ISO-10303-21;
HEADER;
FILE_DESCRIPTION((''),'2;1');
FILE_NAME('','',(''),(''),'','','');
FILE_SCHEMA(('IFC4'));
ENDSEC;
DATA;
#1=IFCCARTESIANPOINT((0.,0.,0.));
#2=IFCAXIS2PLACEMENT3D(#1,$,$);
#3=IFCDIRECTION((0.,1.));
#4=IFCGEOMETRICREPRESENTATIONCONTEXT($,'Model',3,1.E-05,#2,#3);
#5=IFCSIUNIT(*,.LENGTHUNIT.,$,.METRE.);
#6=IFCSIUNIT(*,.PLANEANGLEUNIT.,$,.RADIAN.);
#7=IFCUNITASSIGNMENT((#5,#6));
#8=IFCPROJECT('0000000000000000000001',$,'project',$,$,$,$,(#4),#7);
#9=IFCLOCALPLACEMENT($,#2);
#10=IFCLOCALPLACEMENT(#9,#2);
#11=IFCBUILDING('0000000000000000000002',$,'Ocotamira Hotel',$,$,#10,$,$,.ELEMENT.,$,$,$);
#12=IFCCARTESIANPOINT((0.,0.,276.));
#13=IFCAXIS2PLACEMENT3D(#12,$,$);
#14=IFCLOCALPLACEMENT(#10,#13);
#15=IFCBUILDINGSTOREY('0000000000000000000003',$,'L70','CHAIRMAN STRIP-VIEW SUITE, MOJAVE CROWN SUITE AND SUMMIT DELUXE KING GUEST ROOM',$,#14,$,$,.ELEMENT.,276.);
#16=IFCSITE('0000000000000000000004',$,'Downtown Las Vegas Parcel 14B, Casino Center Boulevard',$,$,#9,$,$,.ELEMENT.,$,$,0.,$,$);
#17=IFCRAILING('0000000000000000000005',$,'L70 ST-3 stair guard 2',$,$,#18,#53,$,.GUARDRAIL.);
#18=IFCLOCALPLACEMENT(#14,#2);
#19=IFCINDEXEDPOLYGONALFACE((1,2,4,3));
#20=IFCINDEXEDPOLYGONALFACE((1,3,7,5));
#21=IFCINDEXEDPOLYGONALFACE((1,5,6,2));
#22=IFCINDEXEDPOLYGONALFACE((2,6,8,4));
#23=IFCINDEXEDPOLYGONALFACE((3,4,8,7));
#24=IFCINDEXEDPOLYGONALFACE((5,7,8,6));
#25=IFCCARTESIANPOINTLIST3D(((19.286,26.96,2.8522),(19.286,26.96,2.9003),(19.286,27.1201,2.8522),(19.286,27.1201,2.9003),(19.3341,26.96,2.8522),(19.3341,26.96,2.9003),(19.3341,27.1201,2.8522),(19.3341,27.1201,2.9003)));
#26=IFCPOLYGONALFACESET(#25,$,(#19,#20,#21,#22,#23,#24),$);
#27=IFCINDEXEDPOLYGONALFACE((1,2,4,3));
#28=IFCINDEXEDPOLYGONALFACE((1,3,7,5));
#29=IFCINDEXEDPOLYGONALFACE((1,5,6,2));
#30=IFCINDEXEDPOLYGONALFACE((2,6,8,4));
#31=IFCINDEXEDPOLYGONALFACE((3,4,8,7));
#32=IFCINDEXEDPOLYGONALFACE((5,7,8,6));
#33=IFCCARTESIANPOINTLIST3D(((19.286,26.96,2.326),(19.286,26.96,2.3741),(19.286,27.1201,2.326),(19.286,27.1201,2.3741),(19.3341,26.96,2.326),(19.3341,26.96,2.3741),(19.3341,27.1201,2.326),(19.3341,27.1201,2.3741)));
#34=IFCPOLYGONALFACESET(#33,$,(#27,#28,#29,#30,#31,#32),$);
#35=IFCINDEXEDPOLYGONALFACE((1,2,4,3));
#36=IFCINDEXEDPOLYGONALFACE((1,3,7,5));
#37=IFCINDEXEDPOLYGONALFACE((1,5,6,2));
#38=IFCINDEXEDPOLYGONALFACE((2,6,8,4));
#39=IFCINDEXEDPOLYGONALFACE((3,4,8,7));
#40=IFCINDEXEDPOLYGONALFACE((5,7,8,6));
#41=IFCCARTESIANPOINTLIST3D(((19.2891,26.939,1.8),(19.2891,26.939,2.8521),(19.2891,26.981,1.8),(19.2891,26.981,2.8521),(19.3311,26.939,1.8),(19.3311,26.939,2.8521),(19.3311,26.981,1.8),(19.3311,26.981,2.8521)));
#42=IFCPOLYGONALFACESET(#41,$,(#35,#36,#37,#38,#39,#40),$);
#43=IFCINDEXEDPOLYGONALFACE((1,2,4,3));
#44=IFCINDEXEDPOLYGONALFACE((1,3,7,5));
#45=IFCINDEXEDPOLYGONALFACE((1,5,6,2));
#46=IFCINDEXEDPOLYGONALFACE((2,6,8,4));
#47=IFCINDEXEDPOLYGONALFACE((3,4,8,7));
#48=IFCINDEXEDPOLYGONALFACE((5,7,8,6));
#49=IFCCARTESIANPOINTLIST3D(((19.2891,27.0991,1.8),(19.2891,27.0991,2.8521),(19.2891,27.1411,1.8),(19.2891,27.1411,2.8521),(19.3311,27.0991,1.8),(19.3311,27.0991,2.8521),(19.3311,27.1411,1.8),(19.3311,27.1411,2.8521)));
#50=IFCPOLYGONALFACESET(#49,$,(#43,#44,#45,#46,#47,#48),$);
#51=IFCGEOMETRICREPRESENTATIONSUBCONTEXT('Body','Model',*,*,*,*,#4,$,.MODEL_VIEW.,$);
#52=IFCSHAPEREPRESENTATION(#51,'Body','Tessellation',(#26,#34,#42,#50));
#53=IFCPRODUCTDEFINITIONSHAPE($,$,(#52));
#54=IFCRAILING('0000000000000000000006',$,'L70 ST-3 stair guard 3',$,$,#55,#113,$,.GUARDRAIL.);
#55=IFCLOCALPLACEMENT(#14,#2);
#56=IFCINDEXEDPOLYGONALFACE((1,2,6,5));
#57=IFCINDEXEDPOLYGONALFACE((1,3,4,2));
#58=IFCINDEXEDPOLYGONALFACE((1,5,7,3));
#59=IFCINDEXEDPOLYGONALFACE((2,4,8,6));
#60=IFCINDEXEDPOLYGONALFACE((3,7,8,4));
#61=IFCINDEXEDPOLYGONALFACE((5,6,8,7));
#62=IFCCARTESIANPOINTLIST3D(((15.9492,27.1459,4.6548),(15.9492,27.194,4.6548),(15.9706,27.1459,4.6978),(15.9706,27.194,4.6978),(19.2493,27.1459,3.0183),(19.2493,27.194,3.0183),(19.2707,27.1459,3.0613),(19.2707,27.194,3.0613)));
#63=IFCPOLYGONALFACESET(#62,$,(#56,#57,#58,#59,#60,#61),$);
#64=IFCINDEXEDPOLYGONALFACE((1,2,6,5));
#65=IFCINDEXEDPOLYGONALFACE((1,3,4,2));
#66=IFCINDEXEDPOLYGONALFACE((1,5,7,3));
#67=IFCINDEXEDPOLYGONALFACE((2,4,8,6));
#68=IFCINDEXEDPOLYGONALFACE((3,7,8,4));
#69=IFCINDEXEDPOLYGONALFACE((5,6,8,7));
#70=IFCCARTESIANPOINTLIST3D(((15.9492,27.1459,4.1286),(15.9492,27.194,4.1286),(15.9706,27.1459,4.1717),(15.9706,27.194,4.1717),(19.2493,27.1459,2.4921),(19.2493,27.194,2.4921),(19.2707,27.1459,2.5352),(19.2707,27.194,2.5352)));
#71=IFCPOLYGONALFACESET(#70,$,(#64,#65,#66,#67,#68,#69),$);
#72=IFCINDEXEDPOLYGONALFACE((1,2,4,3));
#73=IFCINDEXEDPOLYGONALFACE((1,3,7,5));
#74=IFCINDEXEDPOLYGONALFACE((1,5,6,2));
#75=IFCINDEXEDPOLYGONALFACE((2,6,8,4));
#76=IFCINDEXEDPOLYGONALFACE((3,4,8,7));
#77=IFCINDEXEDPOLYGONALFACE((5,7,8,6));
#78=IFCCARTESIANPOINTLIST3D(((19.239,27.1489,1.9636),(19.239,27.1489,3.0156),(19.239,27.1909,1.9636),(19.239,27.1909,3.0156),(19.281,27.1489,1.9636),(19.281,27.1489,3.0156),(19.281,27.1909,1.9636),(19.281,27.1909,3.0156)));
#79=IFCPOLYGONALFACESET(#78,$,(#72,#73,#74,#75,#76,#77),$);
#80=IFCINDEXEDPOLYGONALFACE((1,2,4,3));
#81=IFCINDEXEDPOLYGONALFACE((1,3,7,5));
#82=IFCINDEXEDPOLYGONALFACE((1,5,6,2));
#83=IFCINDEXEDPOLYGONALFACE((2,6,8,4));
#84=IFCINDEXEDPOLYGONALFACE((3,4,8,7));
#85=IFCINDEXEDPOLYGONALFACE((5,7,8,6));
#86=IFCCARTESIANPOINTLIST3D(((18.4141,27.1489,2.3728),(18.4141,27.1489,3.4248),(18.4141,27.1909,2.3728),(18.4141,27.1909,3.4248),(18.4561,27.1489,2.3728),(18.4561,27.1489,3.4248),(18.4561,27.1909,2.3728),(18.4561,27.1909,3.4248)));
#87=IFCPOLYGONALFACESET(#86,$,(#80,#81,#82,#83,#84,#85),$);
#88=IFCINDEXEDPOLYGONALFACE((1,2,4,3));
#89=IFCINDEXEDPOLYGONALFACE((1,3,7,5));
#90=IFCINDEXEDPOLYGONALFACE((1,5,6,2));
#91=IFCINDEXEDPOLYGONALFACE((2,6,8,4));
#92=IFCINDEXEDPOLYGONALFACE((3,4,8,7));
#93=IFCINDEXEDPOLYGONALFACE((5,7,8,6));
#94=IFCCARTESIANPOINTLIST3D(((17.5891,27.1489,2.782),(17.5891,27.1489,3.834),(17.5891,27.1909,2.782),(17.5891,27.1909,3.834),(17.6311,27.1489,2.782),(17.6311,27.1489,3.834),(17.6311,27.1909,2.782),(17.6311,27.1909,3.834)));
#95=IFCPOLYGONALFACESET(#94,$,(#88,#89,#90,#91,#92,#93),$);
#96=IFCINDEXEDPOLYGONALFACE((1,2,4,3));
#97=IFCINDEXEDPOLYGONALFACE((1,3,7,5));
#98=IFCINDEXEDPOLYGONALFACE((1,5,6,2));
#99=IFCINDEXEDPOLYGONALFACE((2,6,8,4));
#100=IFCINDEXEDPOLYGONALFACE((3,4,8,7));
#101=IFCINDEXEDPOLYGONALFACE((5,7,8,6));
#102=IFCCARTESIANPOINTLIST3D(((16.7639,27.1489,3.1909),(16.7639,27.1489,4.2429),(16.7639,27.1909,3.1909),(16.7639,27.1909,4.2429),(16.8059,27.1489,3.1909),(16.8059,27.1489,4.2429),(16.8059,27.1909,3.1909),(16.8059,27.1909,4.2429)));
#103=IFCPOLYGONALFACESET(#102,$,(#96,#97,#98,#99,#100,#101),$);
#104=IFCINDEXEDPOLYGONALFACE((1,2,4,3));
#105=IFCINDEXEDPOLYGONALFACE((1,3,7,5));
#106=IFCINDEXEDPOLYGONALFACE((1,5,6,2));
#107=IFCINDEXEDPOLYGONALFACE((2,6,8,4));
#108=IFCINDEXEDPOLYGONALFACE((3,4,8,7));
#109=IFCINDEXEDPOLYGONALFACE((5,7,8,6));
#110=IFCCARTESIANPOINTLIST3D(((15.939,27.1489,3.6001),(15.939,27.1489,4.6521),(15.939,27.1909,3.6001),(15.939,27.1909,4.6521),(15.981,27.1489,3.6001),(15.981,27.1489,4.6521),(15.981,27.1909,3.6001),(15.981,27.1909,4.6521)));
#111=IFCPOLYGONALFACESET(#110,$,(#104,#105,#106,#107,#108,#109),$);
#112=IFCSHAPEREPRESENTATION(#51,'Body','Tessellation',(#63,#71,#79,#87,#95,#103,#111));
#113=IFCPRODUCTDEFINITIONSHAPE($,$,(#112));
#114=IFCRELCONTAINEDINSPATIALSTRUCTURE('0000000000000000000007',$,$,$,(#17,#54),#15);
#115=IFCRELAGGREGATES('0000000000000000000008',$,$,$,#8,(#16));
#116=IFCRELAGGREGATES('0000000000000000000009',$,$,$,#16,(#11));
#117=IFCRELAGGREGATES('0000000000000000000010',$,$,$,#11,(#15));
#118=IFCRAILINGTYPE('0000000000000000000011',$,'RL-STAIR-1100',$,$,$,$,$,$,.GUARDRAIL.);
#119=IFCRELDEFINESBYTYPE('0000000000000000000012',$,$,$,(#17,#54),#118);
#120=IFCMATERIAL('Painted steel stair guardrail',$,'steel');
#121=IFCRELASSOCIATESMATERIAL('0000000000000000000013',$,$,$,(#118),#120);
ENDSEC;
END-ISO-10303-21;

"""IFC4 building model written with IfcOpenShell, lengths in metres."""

from ifc_helpers import new_model, si_unit, direction, frame, origin, origin_2d, place, context, subcontext, project, spatial, rectangle, extrude, material, type_object, element, save


model = new_model("IFC4")

# Units and contexts
model_context = context("Model", 3, precision=1e-05, world=origin(), true_north=direction((0.0, 1.0)))
body_context = subcontext(model_context, "Body", "Model", "MODEL_VIEW")
ifc_project = project(units=[si_unit("LENGTHUNIT", "METRE"), si_unit("PLANEANGLEUNIT", "RADIAN")], contexts=[model_context])

# Site, building, storey
site_placement = place(None, origin())
site = spatial("IfcSite", under=ifc_project, at=site_placement, Name="Downtown Las Vegas Parcel 14B, Casino Center Boulevard", CompositionType="ELEMENT", RefElevation=0.0)
building_placement = place(site_placement, origin())
building = spatial("IfcBuilding", under=site, at=building_placement, Name="Ocotamira Hotel", CompositionType="ELEMENT")
storey_placement = place(building_placement, frame((0.0, 0.0, 276.0)))
storey = spatial("IfcBuildingStorey", under=building, at=storey_placement, Name="L70", Description="CHAIRMAN STRIP-VIEW SUITE, MOJAVE CROWN SUITE AND SUMMIT DELUXE KING GUEST ROOM", CompositionType="ELEMENT", Elevation=276.0)

# Railings
ifc_material_1 = material(Name="Painted steel stair guardrail", Category="steel")
railing_type_1 = type_object("IfcRailingType", Name="RL-STAIR-1100", PredefinedType="GUARDRAIL", material=ifc_material_1)
railing_1_placement = place(storey_placement, frame((19.3101, 26.96, 1.8)))
element("IfcRailing", 1, at=railing_1_placement, inside=storey, type_object=railing_type_1, Name="L70 ST-3 stair guard 2", PredefinedType="GUARDRAIL", context=body_context, shape_type="SweptSolid", body=[
    extrude(rectangle(XDim=0.0481, YDim=0.0481, at=origin_2d()), frame((0.0, 0.0, 1.0762), z_axis=(0.0, 1.0, 0.0), x_axis=(-1.0, 0.0, 0.0)), (0.0, 0.0, 1.0), 0.1602),
    extrude(rectangle(XDim=0.0481, YDim=0.0481, at=origin_2d()), frame((0.0, 0.0, 0.55), z_axis=(0.0, 1.0, 0.0), x_axis=(-1.0, 0.0, 0.0)), (0.0, 0.0, 1.0), 0.1602),
    extrude(rectangle(XDim=0.042, YDim=0.042, at=origin_2d()), origin(), (0.0, 0.0, 1.0), 1.052),
    extrude(rectangle(XDim=0.042, YDim=0.042, at=origin_2d()), frame((0.0, 0.1602, 0.0)), (0.0, 0.0, 1.0), 1.052),
])
railing_2_placement = place(storey_placement, frame((19.26, 27.1699, 1.9636)))
element("IfcRailing", 2, at=railing_2_placement, inside=storey, type_object=railing_type_1, Name="L70 ST-3 stair guard 3", PredefinedType="GUARDRAIL", context=body_context, shape_type="SweptSolid", body=[
    extrude(rectangle(XDim=0.0481, YDim=0.0481, at=origin_2d()), frame((0.0, 0.0, 1.0762), z_axis=(-0.895894, 0.0, 0.444268), x_axis=(0.0, -1.0, 0.0)), (0.0, 0.0, 1.0), 3.6836),
    extrude(rectangle(XDim=0.0481, YDim=0.0481, at=origin_2d()), frame((0.0, 0.0, 0.55), z_axis=(-0.895894, 0.0, 0.444268), x_axis=(0.0, -1.0, 0.0)), (0.0, 0.0, 1.0), 3.6836),
    extrude(rectangle(XDim=0.042, YDim=0.042, at=origin_2d()), origin(), (0.0, 0.0, 1.0), 1.052),
    extrude(rectangle(XDim=0.042, YDim=0.042, at=origin_2d()), frame((-0.825, 0.0, 0.4092)), (0.0, 0.0, 1.0), 1.052),
    extrude(rectangle(XDim=0.042, YDim=0.042, at=origin_2d()), frame((-1.6499, 0.0, 0.8184)), (0.0, 0.0, 1.0), 1.052),
    extrude(rectangle(XDim=0.042, YDim=0.042, at=origin_2d()), frame((-2.4751, 0.0, 1.2273)), (0.0, 0.0, 1.0), 1.052),
    extrude(rectangle(XDim=0.042, YDim=0.042, at=origin_2d()), frame((-3.3, 0.0, 1.6365)), (0.0, 0.0, 1.0), 1.052),
])

save(model, "model.ifc")
